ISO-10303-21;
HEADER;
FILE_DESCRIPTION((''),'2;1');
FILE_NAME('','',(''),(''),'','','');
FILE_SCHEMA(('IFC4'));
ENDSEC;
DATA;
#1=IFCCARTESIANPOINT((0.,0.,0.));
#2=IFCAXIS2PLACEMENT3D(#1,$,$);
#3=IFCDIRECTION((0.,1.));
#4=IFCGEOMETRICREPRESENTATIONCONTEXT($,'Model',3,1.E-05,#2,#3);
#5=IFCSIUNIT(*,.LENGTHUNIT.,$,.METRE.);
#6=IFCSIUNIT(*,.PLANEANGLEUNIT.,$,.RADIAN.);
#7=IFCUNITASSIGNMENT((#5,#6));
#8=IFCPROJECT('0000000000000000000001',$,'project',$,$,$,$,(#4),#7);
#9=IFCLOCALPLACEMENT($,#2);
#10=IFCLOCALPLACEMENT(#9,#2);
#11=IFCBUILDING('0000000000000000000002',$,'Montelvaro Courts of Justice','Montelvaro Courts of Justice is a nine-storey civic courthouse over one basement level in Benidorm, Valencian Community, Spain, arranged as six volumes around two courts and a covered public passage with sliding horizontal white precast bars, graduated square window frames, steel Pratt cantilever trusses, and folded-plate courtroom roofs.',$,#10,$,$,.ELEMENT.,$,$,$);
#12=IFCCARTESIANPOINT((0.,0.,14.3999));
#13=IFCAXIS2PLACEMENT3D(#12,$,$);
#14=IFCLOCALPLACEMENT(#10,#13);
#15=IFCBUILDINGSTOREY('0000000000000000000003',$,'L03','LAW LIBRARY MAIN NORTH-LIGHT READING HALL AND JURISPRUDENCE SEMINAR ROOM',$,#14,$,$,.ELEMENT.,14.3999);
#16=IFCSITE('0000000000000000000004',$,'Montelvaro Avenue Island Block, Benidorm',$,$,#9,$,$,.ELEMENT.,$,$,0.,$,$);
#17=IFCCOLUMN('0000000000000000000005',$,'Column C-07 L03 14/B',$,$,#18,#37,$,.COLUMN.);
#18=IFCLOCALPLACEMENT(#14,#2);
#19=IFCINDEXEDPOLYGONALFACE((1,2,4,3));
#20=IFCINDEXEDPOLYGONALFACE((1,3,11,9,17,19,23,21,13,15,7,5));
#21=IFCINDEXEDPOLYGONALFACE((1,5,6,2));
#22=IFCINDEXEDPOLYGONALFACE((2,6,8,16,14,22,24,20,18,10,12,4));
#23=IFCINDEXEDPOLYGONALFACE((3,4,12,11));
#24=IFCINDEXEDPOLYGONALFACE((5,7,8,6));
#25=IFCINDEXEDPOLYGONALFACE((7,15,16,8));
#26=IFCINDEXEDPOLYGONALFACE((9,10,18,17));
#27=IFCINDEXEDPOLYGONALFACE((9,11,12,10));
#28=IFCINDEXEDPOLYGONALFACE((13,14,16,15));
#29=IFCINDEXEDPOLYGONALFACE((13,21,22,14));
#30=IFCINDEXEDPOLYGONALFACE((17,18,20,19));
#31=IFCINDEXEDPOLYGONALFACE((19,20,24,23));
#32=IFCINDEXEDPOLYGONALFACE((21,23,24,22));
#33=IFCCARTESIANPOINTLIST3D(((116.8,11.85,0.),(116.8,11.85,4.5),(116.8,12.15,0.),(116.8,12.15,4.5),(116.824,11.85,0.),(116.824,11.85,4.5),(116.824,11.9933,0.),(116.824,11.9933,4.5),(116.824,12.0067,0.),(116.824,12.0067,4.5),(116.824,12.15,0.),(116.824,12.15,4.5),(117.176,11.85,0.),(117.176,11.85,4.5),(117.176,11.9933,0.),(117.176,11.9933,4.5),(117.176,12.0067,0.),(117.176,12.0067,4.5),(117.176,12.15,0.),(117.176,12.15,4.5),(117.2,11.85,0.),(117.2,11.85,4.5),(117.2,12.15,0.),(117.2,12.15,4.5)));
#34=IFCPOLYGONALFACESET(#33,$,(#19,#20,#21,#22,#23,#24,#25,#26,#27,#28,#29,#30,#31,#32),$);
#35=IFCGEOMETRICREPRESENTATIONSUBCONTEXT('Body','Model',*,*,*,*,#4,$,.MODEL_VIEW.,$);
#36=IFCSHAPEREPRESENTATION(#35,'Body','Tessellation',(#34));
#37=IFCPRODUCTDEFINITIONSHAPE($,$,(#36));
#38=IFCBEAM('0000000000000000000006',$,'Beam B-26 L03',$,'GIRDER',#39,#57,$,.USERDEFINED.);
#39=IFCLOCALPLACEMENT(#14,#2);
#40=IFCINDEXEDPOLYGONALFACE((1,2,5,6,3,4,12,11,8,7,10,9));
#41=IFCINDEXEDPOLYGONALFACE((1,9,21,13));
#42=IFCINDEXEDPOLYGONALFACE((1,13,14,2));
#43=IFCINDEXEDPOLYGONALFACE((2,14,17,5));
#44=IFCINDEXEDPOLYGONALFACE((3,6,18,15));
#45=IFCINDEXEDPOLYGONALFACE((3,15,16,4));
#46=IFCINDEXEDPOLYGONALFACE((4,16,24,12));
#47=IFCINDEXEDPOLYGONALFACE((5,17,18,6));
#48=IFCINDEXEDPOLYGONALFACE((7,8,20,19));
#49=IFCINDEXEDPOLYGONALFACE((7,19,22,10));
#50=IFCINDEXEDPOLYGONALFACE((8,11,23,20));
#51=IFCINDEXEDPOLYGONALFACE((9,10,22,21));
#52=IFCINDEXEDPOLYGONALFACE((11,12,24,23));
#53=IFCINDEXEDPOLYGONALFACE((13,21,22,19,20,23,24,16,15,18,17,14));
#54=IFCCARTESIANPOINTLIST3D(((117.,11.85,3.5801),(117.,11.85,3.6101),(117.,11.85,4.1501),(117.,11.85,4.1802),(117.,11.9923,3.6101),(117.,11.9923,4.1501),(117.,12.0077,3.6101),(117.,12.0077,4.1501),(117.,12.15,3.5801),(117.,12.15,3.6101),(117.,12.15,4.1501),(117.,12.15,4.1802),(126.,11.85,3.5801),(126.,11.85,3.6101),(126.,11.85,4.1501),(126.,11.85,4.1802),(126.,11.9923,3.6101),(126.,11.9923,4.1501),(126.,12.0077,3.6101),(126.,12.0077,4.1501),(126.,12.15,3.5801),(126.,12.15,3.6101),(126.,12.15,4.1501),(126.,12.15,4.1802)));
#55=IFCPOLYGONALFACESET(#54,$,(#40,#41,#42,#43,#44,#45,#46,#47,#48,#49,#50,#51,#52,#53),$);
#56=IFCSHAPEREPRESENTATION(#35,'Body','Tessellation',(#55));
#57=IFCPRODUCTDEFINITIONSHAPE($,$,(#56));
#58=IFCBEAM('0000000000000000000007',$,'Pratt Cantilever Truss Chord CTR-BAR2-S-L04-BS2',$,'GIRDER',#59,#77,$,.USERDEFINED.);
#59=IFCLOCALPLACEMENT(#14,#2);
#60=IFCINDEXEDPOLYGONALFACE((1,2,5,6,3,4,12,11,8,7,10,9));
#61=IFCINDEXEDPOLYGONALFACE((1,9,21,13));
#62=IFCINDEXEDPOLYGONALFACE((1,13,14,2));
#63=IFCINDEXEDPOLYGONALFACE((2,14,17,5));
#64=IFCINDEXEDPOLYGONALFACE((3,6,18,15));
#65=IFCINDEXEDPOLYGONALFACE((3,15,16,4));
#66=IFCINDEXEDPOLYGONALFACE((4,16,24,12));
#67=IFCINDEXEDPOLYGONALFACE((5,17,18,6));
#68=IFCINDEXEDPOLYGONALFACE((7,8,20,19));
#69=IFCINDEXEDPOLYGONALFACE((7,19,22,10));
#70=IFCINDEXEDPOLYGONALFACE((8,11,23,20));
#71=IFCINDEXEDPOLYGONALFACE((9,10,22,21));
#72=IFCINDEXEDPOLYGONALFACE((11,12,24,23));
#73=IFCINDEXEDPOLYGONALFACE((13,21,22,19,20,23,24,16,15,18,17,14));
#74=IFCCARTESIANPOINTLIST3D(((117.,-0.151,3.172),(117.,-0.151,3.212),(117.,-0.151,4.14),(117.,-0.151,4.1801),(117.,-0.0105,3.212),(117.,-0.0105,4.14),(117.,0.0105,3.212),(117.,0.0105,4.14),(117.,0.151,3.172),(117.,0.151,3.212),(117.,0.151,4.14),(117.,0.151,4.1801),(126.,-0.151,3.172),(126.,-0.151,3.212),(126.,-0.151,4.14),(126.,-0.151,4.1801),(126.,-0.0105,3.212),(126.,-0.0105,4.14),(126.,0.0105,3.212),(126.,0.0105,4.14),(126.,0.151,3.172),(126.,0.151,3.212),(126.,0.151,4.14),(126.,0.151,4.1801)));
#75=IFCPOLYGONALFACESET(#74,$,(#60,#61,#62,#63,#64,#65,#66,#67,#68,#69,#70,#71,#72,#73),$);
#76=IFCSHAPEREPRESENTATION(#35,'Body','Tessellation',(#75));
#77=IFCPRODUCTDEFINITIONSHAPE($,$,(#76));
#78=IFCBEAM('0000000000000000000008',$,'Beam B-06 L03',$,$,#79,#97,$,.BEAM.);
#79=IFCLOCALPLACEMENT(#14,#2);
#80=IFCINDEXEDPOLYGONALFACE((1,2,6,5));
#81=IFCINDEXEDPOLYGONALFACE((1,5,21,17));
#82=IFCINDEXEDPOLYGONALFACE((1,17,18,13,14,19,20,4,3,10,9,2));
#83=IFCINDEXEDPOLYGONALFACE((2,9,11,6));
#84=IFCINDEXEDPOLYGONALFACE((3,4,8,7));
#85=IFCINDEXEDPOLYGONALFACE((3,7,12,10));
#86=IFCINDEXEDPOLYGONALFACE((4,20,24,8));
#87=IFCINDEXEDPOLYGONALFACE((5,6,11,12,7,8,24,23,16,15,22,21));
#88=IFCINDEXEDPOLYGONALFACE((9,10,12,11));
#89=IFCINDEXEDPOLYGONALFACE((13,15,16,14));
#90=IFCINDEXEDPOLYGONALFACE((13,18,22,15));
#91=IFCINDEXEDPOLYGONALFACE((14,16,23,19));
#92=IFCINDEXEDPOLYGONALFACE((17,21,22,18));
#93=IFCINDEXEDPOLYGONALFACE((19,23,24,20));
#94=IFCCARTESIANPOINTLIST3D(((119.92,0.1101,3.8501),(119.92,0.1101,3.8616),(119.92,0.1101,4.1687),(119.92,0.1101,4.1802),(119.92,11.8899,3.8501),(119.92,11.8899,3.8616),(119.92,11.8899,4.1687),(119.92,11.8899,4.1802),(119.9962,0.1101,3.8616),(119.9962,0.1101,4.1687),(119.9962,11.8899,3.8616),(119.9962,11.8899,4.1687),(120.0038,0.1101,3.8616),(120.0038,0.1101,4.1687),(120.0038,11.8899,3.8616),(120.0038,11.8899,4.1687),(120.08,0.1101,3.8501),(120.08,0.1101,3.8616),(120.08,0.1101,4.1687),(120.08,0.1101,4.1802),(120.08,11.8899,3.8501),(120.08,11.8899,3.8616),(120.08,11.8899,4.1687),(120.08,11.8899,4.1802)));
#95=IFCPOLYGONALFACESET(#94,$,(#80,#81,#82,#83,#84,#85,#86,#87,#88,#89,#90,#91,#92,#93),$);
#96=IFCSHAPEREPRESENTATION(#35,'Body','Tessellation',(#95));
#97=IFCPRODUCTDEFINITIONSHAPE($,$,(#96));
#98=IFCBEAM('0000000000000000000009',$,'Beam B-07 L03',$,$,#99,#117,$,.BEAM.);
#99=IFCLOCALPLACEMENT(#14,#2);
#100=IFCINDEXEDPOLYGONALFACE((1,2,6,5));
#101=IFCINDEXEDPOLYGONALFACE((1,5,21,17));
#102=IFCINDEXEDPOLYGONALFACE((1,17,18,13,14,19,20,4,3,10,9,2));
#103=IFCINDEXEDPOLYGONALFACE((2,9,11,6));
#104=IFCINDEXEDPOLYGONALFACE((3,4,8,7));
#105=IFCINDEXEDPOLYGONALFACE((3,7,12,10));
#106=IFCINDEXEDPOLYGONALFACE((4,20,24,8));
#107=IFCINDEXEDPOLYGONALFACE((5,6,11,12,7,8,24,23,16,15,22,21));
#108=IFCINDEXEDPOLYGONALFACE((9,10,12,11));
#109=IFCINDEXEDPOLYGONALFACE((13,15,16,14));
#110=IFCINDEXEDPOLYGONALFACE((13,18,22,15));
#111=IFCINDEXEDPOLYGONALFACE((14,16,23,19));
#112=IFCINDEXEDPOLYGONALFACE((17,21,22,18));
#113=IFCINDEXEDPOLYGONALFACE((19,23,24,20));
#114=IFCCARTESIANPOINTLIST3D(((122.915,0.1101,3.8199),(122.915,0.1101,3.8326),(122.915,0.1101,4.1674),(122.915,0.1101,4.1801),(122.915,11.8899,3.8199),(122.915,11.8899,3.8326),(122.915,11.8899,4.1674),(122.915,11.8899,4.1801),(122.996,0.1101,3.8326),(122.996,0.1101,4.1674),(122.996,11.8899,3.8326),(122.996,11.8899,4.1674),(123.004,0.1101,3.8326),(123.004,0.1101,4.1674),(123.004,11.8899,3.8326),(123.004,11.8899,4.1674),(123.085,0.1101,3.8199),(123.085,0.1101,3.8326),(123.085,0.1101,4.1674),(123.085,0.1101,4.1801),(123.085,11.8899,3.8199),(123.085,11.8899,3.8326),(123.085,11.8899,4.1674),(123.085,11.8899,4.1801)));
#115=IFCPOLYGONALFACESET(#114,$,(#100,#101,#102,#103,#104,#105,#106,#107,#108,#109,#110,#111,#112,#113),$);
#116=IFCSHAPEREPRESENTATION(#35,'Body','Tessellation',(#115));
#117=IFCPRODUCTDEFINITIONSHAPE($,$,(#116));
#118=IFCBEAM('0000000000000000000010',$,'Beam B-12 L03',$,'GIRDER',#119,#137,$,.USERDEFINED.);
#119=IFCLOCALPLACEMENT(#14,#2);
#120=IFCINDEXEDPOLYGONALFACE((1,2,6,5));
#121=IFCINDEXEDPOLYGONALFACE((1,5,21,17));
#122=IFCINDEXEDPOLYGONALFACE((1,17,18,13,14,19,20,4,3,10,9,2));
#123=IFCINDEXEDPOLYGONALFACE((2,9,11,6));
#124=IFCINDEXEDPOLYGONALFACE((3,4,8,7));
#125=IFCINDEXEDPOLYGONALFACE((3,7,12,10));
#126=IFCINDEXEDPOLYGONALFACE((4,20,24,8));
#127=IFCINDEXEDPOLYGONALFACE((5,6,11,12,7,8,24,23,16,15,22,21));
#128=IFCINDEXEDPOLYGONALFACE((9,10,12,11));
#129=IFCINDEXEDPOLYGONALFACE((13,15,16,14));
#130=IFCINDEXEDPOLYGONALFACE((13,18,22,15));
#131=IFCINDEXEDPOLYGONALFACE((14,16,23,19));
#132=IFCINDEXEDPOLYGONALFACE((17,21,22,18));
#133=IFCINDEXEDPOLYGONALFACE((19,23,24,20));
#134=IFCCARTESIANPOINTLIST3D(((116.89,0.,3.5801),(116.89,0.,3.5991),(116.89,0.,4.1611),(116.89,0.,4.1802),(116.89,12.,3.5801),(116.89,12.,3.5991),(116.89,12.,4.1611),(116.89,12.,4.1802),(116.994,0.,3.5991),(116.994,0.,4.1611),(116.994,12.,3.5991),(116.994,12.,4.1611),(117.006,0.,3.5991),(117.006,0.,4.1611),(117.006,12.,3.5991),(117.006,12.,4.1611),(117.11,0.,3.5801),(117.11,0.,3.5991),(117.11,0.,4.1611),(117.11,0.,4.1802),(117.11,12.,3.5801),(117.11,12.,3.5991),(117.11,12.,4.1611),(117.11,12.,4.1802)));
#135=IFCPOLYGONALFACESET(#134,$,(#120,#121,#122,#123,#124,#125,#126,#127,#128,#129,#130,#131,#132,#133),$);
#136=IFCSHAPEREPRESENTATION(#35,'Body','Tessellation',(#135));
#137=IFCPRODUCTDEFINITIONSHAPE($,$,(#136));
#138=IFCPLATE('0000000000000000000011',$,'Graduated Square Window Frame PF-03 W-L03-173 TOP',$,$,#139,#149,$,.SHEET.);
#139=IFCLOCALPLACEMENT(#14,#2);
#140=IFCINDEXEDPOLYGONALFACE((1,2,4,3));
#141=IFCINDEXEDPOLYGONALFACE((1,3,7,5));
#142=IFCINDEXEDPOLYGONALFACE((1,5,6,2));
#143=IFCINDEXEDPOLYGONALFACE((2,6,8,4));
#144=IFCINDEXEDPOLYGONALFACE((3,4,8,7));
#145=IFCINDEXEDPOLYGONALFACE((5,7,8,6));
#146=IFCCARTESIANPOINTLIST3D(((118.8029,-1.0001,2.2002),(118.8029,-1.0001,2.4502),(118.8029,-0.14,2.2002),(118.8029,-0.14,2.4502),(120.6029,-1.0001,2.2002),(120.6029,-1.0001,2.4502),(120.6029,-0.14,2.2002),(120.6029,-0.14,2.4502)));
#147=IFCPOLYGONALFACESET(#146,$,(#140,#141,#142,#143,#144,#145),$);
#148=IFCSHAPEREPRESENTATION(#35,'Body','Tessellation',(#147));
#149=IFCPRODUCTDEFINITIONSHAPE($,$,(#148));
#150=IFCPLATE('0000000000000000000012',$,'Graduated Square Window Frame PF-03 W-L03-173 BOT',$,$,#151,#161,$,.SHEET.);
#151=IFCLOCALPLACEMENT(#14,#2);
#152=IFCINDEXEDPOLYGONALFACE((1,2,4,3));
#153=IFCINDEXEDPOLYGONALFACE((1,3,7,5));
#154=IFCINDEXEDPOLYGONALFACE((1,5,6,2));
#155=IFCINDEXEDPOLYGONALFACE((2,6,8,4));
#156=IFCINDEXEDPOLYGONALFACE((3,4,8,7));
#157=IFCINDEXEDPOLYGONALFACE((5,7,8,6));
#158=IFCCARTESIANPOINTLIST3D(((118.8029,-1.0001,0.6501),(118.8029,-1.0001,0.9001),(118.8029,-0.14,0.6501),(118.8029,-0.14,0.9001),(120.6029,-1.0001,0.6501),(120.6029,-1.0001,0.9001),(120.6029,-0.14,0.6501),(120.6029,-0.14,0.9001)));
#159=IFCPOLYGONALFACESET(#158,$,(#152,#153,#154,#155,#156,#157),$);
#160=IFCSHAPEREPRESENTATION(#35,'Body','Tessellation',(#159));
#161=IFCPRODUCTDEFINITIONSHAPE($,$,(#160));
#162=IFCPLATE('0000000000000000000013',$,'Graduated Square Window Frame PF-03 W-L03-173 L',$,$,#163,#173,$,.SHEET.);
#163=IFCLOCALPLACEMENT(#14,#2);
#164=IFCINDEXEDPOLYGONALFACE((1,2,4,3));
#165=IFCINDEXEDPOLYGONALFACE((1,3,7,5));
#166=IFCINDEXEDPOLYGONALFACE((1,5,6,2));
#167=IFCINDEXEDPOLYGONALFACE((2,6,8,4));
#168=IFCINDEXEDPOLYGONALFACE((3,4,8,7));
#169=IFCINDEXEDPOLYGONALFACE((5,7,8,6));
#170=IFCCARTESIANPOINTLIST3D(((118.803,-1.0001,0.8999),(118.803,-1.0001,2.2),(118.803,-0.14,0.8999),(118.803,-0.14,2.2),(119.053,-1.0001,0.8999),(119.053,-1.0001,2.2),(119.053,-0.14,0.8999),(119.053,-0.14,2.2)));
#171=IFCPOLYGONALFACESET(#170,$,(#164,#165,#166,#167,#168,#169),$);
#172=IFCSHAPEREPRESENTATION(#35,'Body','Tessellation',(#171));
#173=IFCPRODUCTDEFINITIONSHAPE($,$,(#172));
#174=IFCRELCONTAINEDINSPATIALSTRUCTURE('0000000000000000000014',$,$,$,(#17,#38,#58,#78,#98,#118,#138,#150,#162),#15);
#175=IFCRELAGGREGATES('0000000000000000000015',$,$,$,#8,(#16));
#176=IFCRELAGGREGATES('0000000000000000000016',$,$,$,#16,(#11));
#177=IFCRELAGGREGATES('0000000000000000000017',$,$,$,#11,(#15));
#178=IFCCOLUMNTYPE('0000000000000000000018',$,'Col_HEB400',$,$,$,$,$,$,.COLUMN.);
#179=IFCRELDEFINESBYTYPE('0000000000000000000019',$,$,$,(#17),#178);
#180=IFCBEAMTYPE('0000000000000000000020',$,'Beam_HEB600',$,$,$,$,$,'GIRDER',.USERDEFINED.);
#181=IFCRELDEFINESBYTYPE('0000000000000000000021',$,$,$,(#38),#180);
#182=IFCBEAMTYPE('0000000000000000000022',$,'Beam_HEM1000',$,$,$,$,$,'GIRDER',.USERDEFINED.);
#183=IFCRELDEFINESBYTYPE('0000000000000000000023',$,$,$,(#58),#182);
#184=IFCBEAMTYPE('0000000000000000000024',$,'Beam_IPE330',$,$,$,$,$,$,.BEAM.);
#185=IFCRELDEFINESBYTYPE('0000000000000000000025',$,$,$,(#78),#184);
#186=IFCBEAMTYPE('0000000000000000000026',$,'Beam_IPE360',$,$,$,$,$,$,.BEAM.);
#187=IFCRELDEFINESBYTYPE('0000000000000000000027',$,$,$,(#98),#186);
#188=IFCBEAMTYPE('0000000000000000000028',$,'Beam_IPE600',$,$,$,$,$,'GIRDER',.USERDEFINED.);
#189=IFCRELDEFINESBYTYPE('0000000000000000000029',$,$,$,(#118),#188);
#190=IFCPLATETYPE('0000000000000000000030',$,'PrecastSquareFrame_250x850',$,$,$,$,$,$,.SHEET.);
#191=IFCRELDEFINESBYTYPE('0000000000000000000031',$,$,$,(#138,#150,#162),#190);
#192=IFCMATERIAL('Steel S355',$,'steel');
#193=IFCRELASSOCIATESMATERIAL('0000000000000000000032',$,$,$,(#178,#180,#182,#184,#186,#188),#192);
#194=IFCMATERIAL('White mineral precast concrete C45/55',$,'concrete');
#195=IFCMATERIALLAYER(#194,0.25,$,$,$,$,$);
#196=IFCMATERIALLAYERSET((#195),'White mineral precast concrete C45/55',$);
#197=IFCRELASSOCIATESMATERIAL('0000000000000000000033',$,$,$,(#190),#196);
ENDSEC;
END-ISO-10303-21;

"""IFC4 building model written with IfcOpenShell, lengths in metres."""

from ifc_helpers import new_model, si_unit, direction, frame, origin, origin_2d, place, context, subcontext, project, spatial, rectangle, i_section, extrude, material, layer, layer_set, material_profile, profile_set, type_object, element, save


model = new_model("IFC4")

# Units and contexts
model_context = context("Model", 3, precision=1e-05, world=origin(), true_north=direction((0.0, 1.0)))
body_context = subcontext(model_context, "Body", "Model", "MODEL_VIEW")
ifc_project = project(units=[si_unit("LENGTHUNIT", "METRE"), si_unit("PLANEANGLEUNIT", "RADIAN")], contexts=[model_context])

# Site, building, storey
site_placement = place(None, origin())
site = spatial("IfcSite", under=ifc_project, at=site_placement, Name="Montelvaro Avenue Island Block, Benidorm", CompositionType="ELEMENT", RefElevation=0.0)
building_placement = place(site_placement, origin())
building = spatial("IfcBuilding", under=site, at=building_placement, Name="Montelvaro Courts of Justice", Description="Montelvaro Courts of Justice is a nine-storey civic courthouse over one basement level in Benidorm, Valencian Community, Spain, arranged as six volumes around two courts and a covered public passage with sliding horizontal white precast bars, graduated square window frames, steel Pratt cantilever trusses, and folded-plate courtroom roofs.", CompositionType="ELEMENT")
storey_placement = place(building_placement, frame((0.0, 0.0, 14.3999)))
storey = spatial("IfcBuildingStorey", under=building, at=storey_placement, Name="L03", Description="LAW LIBRARY MAIN NORTH-LIGHT READING HALL AND JURISPRUDENCE SEMINAR ROOM", CompositionType="ELEMENT", Elevation=14.3999)

# Column
ifc_material_1 = material(Name="Steel S355", Category="steel")
ifc_material_profile_1 = material_profile(ifc_material_1, i_section(OverallWidth=0.3, OverallDepth=0.3999, WebThickness=0.0134, FlangeThickness=0.0239, at=origin_2d()), Name="HEB 400")
ifc_profile_set_1 = profile_set([ifc_material_profile_1], Name="Steel S355")
column_type = type_object("IfcColumnType", Name="Col_HEB400", PredefinedType="COLUMN", material=ifc_profile_set_1)
column_placement = place(storey_placement, frame((117.0, 12.0, 0.0), z_axis=(0.0, 0.0, 1.0), x_axis=(0.0, 1.0, 0.0)))
element("IfcColumn", 1, at=column_placement, inside=storey, type_object=column_type, Name="Column C-07 L03 14/B", PredefinedType="COLUMN", context=body_context, shape_type="SweptSolid", body=[
    extrude(i_section(OverallWidth=0.3, OverallDepth=0.3999, WebThickness=0.0134, FlangeThickness=0.0239, at=origin_2d()), origin(), (0.0, 0.0, 1.0), 4.5),
])

# Beams
ifc_material_profile_2 = material_profile(ifc_material_1, i_section(OverallWidth=0.3, OverallDepth=0.6001, WebThickness=0.0154, FlangeThickness=0.03, at=origin_2d()), Name="HEB 600")
ifc_profile_set_2 = profile_set([ifc_material_profile_2], Name="Steel S355")
beam_type_1 = type_object("IfcBeamType", Name="Beam_HEB600", ElementType="GIRDER", PredefinedType="USERDEFINED", material=ifc_profile_set_2)
beam_1_placement = place(storey_placement, frame((117.0, 12.0, 3.8801), z_axis=(1.0, 0.0, 0.0), x_axis=(0.0, 1.0, 0.0)))
element("IfcBeam", 2, at=beam_1_placement, inside=storey, type_object=beam_type_1, Name="Beam B-26 L03", ObjectType="GIRDER", PredefinedType="USERDEFINED", context=body_context, shape_type="SweptSolid", body=[
    extrude(i_section(OverallWidth=0.3, OverallDepth=0.6001, WebThickness=0.0154, FlangeThickness=0.03, at=origin_2d()), origin(), (0.0, 0.0, 1.0), 9.0),
])
ifc_material_profile_3 = material_profile(ifc_material_1, i_section(OverallWidth=0.302, OverallDepth=1.0081, WebThickness=0.021, FlangeThickness=0.04, at=origin_2d()), Name="HEM 1000")
ifc_profile_set_3 = profile_set([ifc_material_profile_3], Name="Steel S355")
beam_type_2 = type_object("IfcBeamType", Name="Beam_HEM1000", ElementType="GIRDER", PredefinedType="USERDEFINED", material=ifc_profile_set_3)
beam_2_placement = place(storey_placement, frame((117.0, 0.0, 3.676), z_axis=(1.0, 0.0, 0.0), x_axis=(0.0, 1.0, 0.0)))
element("IfcBeam", 3, at=beam_2_placement, inside=storey, type_object=beam_type_2, Name="Pratt Cantilever Truss Chord CTR-BAR2-S-L04-BS2", ObjectType="GIRDER", PredefinedType="USERDEFINED", context=body_context, shape_type="SweptSolid", body=[
    extrude(i_section(OverallWidth=0.302, OverallDepth=1.0081, WebThickness=0.021, FlangeThickness=0.04, at=origin_2d()), origin(), (0.0, 0.0, 1.0), 9.0),
])
ifc_material_profile_4 = material_profile(ifc_material_1, i_section(OverallWidth=0.1599, OverallDepth=0.3301, WebThickness=0.0076, FlangeThickness=0.0115, at=origin_2d()), Name="IPE 330")
ifc_profile_set_4 = profile_set([ifc_material_profile_4], Name="Steel S355")
beam_type_3 = type_object("IfcBeamType", Name="Beam_IPE330", PredefinedType="BEAM", material=ifc_profile_set_4)
beam_3_placement = place(storey_placement, frame((120.0, 0.1101, 4.0151), z_axis=(0.0, 1.0, 0.0), x_axis=(-1.0, 0.0, 0.0)))
element("IfcBeam", 4, at=beam_3_placement, inside=storey, type_object=beam_type_3, Name="Beam B-06 L03", PredefinedType="BEAM", context=body_context, shape_type="SweptSolid", body=[
    extrude(i_section(OverallWidth=0.1599, OverallDepth=0.3301, WebThickness=0.0076, FlangeThickness=0.0115, at=origin_2d()), origin(), (0.0, 0.0, 1.0), 11.7798),
])
ifc_material_profile_5 = material_profile(ifc_material_1, i_section(OverallWidth=0.1699, OverallDepth=0.3601, WebThickness=0.0081, FlangeThickness=0.0127, at=origin_2d()), Name="IPE 360")
ifc_profile_set_5 = profile_set([ifc_material_profile_5], Name="Steel S355")
beam_type_4 = type_object("IfcBeamType", Name="Beam_IPE360", PredefinedType="BEAM", material=ifc_profile_set_5)
beam_4_placement = place(storey_placement, frame((123.0, 0.1101, 4.0), z_axis=(0.0, 1.0, 0.0), x_axis=(-1.0, 0.0, 0.0)))
element("IfcBeam", 5, at=beam_4_placement, inside=storey, type_object=beam_type_4, Name="Beam B-07 L03", PredefinedType="BEAM", context=body_context, shape_type="SweptSolid", body=[
    extrude(i_section(OverallWidth=0.1699, OverallDepth=0.3601, WebThickness=0.0081, FlangeThickness=0.0127, at=origin_2d()), origin(), (0.0, 0.0, 1.0), 11.7798),
])
ifc_material_profile_6 = material_profile(ifc_material_1, i_section(OverallWidth=0.22, OverallDepth=0.6001, WebThickness=0.012, FlangeThickness=0.019, at=origin_2d()), Name="IPE 600")
ifc_profile_set_6 = profile_set([ifc_material_profile_6], Name="Steel S355")
beam_type_5 = type_object("IfcBeamType", Name="Beam_IPE600", ElementType="GIRDER", PredefinedType="USERDEFINED", material=ifc_profile_set_6)
beam_5_placement = place(storey_placement, frame((117.0, 0.0, 3.8801), z_axis=(0.0, 1.0, 0.0), x_axis=(-1.0, 0.0, 0.0)))
element("IfcBeam", 6, at=beam_5_placement, inside=storey, type_object=beam_type_5, Name="Beam B-12 L03", ObjectType="GIRDER", PredefinedType="USERDEFINED", context=body_context, shape_type="SweptSolid", body=[
    extrude(i_section(OverallWidth=0.22, OverallDepth=0.6001, WebThickness=0.012, FlangeThickness=0.019, at=origin_2d()), origin(), (0.0, 0.0, 1.0), 12.0),
])

# Plates
ifc_material_2 = material(Name="White mineral precast concrete C45/55", Category="concrete")
ifc_layer_1 = layer(ifc_material_2, 0.25)
ifc_layer_set_1 = layer_set([ifc_layer_1], Name="White mineral precast concrete C45/55")
plate_type = type_object("IfcPlateType", Name="PrecastSquareFrame_250x850", PredefinedType="SHEET", material=ifc_layer_set_1)
for number, where, z_axis, x_axis, name in (
    (7, (119.7029, -0.5701, 2.2002), (0.0, 0.0, 1.0), (1.0, 0.0, 0.0), "Graduated Square Window Frame PF-03 W-L03-173 TOP"),
    (8, (119.7029, -0.5701, 0.6501), (0.0, 0.0, 1.0), (1.0, 0.0, 0.0), "Graduated Square Window Frame PF-03 W-L03-173 BOT"),
):
    element("IfcPlate", number, at=place(storey_placement, frame(where, z_axis=z_axis, x_axis=x_axis)), inside=storey, type_object=plate_type, Name=name, PredefinedType="SHEET", context=body_context, shape_type="SweptSolid", body=[
        extrude(rectangle(XDim=1.8, YDim=0.8601, at=origin_2d()), origin(), (0.0, 0.0, 1.0), 0.25),
    ])
for number, where, z_axis, x_axis, name in (
    (9, (118.928, -0.5701, 0.8999), (0.0, 0.0, 1.0), (1.0, 0.0, 0.0), "Graduated Square Window Frame PF-03 W-L03-173 L"),
):
    element("IfcPlate", number, at=place(storey_placement, frame(where, z_axis=z_axis, x_axis=x_axis)), inside=storey, type_object=plate_type, Name=name, PredefinedType="SHEET", context=body_context, shape_type="SweptSolid", body=[
        extrude(rectangle(XDim=0.25, YDim=0.8601, at=origin_2d()), origin(), (0.0, 0.0, 1.0), 1.3),
    ])

save(model, "model.ifc")
